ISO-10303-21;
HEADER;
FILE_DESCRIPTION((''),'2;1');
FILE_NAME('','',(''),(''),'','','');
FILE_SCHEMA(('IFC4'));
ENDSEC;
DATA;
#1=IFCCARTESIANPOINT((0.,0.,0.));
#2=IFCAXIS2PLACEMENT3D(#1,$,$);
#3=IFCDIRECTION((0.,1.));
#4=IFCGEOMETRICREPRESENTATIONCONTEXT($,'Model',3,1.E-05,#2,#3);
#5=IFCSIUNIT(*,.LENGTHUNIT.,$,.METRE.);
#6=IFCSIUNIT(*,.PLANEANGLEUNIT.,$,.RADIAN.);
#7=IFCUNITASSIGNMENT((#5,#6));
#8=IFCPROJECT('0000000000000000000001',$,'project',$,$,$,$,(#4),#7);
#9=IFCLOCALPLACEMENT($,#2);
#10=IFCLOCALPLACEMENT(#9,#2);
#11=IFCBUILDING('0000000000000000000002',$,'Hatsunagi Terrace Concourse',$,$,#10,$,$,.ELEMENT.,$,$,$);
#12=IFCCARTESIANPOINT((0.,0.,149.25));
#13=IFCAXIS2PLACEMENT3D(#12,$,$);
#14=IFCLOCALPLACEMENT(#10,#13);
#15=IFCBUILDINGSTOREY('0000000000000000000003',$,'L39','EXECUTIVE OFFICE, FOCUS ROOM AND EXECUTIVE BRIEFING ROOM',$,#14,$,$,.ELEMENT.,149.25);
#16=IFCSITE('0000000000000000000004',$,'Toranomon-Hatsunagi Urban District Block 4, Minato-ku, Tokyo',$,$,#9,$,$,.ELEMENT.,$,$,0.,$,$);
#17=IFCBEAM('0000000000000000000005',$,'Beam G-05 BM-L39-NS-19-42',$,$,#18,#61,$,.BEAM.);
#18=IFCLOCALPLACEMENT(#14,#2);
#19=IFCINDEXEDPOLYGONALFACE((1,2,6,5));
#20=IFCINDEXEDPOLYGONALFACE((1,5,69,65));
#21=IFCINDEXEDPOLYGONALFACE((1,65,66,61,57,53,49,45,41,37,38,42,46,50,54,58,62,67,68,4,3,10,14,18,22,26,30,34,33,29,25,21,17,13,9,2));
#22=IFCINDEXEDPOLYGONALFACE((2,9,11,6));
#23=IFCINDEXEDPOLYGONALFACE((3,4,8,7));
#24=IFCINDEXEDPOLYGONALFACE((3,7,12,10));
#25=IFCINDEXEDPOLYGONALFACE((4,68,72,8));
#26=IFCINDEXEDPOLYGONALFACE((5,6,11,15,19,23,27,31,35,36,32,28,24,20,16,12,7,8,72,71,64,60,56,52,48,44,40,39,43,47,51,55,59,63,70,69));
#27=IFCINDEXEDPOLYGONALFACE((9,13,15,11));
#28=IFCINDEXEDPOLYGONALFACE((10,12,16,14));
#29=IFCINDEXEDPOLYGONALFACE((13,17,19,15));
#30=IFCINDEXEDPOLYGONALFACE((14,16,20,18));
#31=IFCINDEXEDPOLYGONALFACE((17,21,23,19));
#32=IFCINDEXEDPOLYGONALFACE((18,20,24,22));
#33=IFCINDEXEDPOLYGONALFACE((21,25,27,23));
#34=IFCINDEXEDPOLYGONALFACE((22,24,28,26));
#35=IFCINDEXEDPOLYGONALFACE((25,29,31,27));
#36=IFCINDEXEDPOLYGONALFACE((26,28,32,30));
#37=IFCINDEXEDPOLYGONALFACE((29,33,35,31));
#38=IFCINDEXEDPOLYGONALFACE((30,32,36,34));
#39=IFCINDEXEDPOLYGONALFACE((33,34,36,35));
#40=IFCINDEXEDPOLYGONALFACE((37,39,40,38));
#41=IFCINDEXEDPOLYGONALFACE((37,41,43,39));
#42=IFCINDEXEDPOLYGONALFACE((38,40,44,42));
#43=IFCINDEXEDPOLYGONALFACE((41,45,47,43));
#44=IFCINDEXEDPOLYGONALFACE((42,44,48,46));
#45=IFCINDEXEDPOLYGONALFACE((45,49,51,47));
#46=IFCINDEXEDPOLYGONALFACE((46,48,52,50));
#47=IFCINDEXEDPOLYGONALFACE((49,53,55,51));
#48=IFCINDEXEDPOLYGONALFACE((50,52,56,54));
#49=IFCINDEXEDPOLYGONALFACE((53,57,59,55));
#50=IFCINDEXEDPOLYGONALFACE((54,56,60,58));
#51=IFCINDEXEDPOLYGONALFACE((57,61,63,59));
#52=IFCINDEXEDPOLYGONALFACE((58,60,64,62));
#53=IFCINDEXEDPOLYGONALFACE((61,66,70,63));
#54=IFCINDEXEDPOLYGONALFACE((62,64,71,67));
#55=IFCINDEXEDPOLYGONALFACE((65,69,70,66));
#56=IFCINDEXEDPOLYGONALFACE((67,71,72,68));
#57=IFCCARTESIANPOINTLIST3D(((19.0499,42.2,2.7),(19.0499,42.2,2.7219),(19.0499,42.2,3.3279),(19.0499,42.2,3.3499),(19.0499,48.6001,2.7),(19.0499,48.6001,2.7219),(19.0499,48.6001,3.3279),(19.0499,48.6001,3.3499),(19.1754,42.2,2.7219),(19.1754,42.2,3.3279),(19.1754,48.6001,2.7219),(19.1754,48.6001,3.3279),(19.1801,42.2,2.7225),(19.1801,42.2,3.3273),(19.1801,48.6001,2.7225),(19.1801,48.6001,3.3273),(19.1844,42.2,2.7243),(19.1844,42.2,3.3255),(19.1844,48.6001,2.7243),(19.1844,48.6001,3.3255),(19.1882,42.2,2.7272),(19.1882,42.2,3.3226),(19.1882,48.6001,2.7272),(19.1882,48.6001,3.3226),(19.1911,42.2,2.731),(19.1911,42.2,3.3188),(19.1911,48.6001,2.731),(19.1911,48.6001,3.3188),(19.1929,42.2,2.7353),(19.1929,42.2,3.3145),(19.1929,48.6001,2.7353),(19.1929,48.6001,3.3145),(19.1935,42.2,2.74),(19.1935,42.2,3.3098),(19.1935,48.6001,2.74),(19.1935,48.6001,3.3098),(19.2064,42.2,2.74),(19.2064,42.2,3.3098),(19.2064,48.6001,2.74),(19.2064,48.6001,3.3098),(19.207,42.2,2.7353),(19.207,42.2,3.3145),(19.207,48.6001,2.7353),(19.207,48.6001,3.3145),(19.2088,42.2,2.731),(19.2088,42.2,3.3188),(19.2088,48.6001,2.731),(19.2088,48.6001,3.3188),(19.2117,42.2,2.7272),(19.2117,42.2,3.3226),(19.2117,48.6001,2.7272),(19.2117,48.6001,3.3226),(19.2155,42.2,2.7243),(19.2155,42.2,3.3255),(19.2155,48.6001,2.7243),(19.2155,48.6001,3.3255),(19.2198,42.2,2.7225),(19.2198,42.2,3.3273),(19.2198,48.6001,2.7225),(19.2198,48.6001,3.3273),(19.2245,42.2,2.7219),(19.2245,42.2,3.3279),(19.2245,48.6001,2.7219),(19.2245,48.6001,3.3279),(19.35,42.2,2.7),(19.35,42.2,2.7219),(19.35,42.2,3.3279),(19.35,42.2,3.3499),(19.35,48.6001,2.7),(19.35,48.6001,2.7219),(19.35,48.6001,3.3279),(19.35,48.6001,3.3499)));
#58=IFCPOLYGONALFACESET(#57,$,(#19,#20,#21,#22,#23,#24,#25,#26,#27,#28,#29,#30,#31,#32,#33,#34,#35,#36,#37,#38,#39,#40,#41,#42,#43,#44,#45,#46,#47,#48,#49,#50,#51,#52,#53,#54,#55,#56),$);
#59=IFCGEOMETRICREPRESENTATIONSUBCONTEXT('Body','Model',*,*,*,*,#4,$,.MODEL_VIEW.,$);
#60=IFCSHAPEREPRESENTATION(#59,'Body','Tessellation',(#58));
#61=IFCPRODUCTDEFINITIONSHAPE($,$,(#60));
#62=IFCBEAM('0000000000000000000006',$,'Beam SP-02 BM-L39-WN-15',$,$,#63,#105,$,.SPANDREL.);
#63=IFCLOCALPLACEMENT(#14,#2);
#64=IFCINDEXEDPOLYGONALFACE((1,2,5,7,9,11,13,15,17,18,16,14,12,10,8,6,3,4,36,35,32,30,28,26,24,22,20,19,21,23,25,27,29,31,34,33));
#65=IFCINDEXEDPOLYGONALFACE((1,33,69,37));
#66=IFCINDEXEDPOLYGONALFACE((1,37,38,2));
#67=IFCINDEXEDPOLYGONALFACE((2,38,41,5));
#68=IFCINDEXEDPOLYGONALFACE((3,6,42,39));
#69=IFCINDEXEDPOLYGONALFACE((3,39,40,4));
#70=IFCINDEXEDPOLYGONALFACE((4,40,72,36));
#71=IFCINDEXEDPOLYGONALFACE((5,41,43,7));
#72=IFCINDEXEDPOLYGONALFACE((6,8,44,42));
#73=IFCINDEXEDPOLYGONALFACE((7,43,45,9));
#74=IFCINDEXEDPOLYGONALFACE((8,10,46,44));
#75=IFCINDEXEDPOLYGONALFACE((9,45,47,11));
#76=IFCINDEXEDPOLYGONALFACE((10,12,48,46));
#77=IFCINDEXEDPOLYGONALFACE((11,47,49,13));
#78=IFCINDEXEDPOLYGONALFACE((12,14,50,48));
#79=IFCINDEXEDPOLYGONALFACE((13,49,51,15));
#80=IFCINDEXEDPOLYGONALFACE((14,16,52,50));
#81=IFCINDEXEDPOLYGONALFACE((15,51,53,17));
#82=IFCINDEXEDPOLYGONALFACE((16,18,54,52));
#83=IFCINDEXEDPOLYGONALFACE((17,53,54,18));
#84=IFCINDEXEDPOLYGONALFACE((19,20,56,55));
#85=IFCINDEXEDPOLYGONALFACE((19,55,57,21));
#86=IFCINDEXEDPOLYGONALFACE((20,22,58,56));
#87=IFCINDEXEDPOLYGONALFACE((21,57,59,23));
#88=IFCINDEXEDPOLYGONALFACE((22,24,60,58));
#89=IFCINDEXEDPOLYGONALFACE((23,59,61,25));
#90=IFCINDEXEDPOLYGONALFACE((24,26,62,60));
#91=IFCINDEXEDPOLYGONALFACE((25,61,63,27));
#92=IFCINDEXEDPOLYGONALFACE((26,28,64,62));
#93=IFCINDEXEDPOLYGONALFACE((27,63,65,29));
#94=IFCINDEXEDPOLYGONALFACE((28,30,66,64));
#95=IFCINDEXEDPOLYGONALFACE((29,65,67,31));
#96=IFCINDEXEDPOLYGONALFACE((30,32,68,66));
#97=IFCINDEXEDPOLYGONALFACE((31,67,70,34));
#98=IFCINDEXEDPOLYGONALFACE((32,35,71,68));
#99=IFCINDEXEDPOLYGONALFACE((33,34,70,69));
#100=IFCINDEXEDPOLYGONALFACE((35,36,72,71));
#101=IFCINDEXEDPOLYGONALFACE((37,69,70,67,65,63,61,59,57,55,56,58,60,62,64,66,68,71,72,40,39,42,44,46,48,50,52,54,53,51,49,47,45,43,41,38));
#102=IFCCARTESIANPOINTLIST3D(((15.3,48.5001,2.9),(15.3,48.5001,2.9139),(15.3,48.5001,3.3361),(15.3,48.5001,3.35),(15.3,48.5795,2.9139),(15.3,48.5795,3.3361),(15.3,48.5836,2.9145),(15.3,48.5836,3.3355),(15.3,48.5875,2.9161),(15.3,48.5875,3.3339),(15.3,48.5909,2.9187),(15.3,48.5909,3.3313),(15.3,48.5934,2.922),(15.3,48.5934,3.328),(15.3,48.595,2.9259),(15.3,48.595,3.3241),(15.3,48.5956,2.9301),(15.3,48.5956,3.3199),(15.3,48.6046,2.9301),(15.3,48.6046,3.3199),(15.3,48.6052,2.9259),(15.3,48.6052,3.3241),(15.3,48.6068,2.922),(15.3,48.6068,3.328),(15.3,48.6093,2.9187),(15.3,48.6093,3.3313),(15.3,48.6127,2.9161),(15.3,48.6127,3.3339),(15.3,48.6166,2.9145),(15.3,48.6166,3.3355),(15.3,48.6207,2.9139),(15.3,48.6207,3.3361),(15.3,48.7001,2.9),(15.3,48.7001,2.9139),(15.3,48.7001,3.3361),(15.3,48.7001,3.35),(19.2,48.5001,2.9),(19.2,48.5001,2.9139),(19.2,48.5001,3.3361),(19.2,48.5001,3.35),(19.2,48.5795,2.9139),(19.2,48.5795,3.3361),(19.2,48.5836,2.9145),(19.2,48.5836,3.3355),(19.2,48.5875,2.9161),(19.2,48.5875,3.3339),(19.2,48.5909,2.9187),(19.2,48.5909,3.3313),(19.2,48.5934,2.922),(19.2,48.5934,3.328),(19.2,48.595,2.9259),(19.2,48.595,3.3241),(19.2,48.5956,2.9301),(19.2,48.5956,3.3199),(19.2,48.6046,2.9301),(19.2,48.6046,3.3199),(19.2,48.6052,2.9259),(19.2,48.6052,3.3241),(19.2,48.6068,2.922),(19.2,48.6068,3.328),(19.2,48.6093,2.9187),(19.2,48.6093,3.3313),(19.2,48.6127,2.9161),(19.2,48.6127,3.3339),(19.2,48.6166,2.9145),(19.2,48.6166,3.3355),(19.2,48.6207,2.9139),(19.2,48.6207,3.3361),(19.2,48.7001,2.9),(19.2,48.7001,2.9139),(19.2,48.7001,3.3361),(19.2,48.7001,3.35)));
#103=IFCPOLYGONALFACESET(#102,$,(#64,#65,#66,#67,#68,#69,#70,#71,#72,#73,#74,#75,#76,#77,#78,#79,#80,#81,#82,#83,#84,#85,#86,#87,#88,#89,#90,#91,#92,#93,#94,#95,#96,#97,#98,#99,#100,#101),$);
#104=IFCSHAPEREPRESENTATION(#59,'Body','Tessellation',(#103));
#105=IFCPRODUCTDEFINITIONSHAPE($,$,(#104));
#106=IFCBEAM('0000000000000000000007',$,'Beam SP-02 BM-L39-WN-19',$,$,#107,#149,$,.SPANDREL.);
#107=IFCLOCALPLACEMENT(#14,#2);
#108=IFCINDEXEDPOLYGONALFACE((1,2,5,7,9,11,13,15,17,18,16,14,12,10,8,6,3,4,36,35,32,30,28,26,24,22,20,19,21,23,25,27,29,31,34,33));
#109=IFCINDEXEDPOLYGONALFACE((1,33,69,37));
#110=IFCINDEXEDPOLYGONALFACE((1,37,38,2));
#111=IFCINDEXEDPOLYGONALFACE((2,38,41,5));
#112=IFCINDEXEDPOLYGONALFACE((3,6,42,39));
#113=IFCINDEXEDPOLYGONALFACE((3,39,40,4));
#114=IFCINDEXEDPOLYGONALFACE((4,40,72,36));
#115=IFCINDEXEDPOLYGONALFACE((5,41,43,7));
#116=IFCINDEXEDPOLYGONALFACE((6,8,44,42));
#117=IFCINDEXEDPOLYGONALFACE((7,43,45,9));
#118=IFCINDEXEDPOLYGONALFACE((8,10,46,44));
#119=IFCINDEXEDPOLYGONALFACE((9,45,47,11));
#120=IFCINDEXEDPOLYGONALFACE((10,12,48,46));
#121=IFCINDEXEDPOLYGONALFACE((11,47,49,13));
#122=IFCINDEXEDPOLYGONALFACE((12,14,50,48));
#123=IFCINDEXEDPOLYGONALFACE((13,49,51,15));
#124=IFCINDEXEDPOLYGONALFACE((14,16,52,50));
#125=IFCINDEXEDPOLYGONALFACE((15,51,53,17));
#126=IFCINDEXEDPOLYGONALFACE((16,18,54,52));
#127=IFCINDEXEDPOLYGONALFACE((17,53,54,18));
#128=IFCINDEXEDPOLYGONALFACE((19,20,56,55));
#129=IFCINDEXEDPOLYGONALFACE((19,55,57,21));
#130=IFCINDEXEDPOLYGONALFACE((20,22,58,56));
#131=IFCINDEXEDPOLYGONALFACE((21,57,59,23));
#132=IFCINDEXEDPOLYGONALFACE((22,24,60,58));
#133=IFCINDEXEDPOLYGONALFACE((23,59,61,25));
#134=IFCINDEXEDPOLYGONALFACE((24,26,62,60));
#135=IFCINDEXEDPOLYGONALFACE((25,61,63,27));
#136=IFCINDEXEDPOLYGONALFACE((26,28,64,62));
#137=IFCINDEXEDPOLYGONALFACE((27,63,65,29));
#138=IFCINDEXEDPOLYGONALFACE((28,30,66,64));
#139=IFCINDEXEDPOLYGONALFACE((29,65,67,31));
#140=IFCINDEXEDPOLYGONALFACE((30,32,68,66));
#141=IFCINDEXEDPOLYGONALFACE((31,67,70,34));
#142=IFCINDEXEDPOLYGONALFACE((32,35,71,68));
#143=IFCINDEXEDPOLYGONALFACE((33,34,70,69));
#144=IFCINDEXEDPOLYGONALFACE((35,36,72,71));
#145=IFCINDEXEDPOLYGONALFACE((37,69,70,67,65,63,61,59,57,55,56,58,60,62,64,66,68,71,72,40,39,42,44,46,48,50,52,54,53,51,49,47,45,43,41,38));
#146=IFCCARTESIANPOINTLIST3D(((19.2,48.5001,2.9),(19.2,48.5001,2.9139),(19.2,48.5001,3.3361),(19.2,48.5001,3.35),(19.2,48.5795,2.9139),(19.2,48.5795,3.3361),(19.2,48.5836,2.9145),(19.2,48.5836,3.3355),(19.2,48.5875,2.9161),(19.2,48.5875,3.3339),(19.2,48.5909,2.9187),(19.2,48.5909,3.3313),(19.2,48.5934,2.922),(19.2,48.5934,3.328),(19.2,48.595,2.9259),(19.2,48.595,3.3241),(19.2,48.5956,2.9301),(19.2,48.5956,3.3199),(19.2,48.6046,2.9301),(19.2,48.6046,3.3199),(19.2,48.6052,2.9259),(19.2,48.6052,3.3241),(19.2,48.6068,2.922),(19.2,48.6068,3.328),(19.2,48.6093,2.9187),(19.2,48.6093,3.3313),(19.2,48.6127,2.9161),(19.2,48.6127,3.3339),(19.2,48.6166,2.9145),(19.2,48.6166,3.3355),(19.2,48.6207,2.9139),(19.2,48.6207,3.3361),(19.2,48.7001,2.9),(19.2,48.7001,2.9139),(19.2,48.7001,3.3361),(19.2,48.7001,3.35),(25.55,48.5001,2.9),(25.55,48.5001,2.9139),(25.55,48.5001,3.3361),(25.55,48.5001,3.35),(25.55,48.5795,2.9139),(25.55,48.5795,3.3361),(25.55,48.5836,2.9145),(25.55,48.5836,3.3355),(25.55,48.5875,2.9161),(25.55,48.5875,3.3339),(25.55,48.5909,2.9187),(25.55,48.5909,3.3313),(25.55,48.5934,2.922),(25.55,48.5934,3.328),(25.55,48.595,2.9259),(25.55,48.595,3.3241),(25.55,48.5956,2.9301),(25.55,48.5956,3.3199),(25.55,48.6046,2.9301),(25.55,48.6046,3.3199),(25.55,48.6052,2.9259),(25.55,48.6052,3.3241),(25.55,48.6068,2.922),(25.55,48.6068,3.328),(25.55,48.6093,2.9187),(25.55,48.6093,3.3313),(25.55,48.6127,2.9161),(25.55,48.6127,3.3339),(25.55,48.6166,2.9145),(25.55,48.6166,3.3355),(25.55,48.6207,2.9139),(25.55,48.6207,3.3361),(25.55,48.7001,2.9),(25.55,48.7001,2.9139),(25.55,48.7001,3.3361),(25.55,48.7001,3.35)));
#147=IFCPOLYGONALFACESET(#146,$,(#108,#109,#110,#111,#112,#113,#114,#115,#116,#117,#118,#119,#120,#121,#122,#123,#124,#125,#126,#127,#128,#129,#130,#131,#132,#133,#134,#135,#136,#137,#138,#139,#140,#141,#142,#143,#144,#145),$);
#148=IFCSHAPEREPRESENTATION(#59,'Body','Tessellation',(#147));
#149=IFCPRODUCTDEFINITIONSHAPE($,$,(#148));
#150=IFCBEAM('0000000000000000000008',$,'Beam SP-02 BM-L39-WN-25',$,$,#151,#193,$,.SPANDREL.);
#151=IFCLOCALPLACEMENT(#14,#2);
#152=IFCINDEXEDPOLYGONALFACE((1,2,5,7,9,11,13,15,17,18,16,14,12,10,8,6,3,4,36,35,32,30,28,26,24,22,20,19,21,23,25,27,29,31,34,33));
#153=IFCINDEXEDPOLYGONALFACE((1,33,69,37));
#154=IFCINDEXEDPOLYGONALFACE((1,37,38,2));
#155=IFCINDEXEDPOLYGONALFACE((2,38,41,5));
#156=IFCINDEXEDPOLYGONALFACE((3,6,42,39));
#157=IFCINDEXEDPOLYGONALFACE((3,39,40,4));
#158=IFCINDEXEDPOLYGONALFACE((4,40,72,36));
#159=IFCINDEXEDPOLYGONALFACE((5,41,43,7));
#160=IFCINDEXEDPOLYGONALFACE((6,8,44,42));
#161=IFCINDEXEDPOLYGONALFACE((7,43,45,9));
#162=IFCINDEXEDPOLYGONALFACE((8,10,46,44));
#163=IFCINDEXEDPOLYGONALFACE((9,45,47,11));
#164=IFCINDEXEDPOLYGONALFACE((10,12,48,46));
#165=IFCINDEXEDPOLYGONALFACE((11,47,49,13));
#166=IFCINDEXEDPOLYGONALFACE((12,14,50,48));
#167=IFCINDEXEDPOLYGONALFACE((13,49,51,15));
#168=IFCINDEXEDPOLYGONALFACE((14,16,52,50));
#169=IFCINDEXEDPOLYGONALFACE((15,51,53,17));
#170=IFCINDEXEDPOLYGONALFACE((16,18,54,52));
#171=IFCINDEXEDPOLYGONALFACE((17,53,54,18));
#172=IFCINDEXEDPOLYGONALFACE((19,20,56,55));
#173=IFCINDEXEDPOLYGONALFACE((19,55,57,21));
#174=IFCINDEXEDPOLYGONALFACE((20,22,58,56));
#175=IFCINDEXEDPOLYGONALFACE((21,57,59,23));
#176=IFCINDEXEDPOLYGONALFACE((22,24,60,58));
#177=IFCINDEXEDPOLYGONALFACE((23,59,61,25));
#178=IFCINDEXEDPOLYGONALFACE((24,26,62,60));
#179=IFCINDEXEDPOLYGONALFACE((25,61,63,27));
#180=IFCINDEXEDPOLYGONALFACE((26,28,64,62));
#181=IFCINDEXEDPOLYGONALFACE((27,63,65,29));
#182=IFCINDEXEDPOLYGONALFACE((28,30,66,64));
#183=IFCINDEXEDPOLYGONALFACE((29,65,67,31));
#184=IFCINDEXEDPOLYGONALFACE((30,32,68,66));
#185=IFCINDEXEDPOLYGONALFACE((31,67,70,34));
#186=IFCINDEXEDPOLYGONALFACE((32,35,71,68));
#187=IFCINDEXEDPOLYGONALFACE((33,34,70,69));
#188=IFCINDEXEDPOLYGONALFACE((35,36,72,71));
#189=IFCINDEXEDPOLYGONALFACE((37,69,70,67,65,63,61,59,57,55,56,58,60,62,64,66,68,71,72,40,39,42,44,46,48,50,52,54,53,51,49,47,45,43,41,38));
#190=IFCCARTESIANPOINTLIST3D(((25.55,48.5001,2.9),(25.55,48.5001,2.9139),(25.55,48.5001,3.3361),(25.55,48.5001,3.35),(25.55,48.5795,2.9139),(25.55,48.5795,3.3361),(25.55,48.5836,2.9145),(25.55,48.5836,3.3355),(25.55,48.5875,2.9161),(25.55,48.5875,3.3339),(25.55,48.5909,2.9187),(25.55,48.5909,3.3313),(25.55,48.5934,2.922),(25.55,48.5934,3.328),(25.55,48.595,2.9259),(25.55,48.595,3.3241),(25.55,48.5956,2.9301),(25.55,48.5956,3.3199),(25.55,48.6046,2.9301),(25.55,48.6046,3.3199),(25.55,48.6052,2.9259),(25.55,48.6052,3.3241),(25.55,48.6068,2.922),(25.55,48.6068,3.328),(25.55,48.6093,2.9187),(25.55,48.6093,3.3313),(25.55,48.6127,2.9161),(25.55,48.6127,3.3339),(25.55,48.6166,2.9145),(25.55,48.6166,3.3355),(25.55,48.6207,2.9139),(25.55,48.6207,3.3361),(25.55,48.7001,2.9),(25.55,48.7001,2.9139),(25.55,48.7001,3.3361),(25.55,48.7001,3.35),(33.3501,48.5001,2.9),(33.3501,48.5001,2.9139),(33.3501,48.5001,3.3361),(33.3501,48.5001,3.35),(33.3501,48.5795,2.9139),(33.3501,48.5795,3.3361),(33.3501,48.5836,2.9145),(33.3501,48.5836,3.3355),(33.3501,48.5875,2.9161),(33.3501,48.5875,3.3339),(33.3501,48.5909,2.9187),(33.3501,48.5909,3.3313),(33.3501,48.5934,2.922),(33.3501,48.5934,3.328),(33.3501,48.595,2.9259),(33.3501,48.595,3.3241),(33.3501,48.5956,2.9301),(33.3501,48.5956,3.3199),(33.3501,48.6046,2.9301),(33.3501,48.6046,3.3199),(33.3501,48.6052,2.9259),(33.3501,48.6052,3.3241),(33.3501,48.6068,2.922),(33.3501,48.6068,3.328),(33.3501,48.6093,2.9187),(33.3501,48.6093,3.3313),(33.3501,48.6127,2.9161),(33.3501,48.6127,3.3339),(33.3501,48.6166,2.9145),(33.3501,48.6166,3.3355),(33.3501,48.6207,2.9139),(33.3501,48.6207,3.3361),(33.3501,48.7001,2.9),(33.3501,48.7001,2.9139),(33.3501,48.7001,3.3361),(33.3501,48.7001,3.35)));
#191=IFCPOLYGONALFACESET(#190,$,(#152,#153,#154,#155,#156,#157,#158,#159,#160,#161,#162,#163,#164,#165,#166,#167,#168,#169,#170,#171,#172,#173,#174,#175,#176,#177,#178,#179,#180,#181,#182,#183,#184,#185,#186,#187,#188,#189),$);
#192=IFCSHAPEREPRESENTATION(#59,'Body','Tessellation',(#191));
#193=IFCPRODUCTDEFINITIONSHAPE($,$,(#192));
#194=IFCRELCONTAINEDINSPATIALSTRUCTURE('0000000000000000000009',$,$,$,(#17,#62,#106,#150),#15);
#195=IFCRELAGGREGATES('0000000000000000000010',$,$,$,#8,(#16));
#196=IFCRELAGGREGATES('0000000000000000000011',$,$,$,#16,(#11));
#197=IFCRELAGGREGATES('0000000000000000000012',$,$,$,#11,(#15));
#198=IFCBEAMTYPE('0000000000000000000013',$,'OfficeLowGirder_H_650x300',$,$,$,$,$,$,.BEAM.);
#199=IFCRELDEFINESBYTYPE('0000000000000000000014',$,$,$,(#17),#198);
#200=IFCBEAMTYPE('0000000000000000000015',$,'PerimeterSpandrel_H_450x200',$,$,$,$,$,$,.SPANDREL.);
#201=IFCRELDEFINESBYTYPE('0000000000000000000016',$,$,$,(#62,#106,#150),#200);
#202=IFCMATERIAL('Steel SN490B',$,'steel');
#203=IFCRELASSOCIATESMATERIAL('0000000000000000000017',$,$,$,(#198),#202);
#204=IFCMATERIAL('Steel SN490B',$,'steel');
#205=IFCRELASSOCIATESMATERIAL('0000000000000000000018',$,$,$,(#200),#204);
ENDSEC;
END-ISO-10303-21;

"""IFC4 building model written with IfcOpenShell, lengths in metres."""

from ifc_helpers import new_model, si_unit, direction, frame, origin, origin_2d, place, context, subcontext, project, spatial, i_section, extrude, material, material_profile, profile_set, type_object, element, save


model = new_model("IFC4")

# Units and contexts
model_context = context("Model", 3, precision=1e-05, world=origin(), true_north=direction((0.0, 1.0)))
body_context = subcontext(model_context, "Body", "Model", "MODEL_VIEW")
ifc_project = project(units=[si_unit("LENGTHUNIT", "METRE"), si_unit("PLANEANGLEUNIT", "RADIAN")], contexts=[model_context])

# Site, building, storey
site_placement = place(None, origin())
site = spatial("IfcSite", under=ifc_project, at=site_placement, Name="Toranomon-Hatsunagi Urban District Block 4, Minato-ku, Tokyo", CompositionType="ELEMENT", RefElevation=0.0)
building_placement = place(site_placement, origin())
building = spatial("IfcBuilding", under=site, at=building_placement, Name="Hatsunagi Terrace Concourse", CompositionType="ELEMENT")
storey_placement = place(building_placement, frame((0.0, 0.0, 149.25)))
storey = spatial("IfcBuildingStorey", under=building, at=storey_placement, Name="L39", Description="EXECUTIVE OFFICE, FOCUS ROOM AND EXECUTIVE BRIEFING ROOM", CompositionType="ELEMENT", Elevation=149.25)

# Beams
ifc_material_1 = material(Name="Steel SN490B", Category="steel")
ifc_material_profile_1 = material_profile(ifc_material_1, i_section(OverallWidth=0.3, OverallDepth=0.6499, WebThickness=0.0129, FlangeThickness=0.022, FilletRadius=0.0181, at=origin_2d()), Name="H-650x300x13x22")
ifc_profile_set_1 = profile_set([ifc_material_profile_1], Name="Steel SN490B")
beam_type_1 = type_object("IfcBeamType", Name="OfficeLowGirder_H_650x300", PredefinedType="BEAM", material=ifc_profile_set_1)
beam_1_placement = place(storey_placement, frame((19.2, 42.2, 3.0249), z_axis=(0.0, 1.0, 0.0), x_axis=(-1.0, 0.0, 0.0)))
element("IfcBeam", 1, at=beam_1_placement, inside=storey, type_object=beam_type_1, Name="Beam G-05 BM-L39-NS-19-42", PredefinedType="BEAM", context=body_context, shape_type="SweptSolid", body=[
    extrude(i_section(OverallWidth=0.3, OverallDepth=0.6499, WebThickness=0.0129, FlangeThickness=0.022, FilletRadius=0.0181, at=origin_2d()), origin(), (0.0, 0.0, 1.0), 6.4001),
])
ifc_material_2 = material(Name="Steel SN490B", Category="steel")
ifc_material_profile_2 = material_profile(ifc_material_2, i_section(OverallWidth=0.2, OverallDepth=0.45, WebThickness=0.009, FlangeThickness=0.0139, FilletRadius=0.0161, at=origin_2d()), Name="H-450x200x9x14")
ifc_profile_set_2 = profile_set([ifc_material_profile_2], Name="Steel SN490B")
beam_type_2 = type_object("IfcBeamType", Name="PerimeterSpandrel_H_450x200", PredefinedType="SPANDREL", material=ifc_profile_set_2)
beam_2_placement = place(storey_placement, frame((15.3, 48.6001, 3.125), z_axis=(1.0, 0.0, 0.0), x_axis=(0.0, 1.0, 0.0)))
element("IfcBeam", 2, at=beam_2_placement, inside=storey, type_object=beam_type_2, Name="Beam SP-02 BM-L39-WN-15", PredefinedType="SPANDREL", context=body_context, shape_type="SweptSolid", body=[
    extrude(i_section(OverallWidth=0.2, OverallDepth=0.45, WebThickness=0.009, FlangeThickness=0.0139, FilletRadius=0.0161, at=origin_2d()), origin(), (0.0, 0.0, 1.0), 3.8999),
])
beam_3_placement = place(storey_placement, frame((19.2, 48.6001, 3.125), z_axis=(1.0, 0.0, 0.0), x_axis=(0.0, 1.0, 0.0)))
element("IfcBeam", 3, at=beam_3_placement, inside=storey, type_object=beam_type_2, Name="Beam SP-02 BM-L39-WN-19", PredefinedType="SPANDREL", context=body_context, shape_type="SweptSolid", body=[
    extrude(i_section(OverallWidth=0.2, OverallDepth=0.45, WebThickness=0.009, FlangeThickness=0.0139, FilletRadius=0.0161, at=origin_2d()), origin(), (0.0, 0.0, 1.0), 6.3501),
])
beam_4_placement = place(storey_placement, frame((25.55, 48.6001, 3.125), z_axis=(1.0, 0.0, 0.0), x_axis=(0.0, 1.0, 0.0)))
element("IfcBeam", 4, at=beam_4_placement, inside=storey, type_object=beam_type_2, Name="Beam SP-02 BM-L39-WN-25", PredefinedType="SPANDREL", context=body_context, shape_type="SweptSolid", body=[
    extrude(i_section(OverallWidth=0.2, OverallDepth=0.45, WebThickness=0.009, FlangeThickness=0.0139, FilletRadius=0.0161, at=origin_2d()), origin(), (0.0, 0.0, 1.0), 7.8),
])

save(model, "model.ifc")
